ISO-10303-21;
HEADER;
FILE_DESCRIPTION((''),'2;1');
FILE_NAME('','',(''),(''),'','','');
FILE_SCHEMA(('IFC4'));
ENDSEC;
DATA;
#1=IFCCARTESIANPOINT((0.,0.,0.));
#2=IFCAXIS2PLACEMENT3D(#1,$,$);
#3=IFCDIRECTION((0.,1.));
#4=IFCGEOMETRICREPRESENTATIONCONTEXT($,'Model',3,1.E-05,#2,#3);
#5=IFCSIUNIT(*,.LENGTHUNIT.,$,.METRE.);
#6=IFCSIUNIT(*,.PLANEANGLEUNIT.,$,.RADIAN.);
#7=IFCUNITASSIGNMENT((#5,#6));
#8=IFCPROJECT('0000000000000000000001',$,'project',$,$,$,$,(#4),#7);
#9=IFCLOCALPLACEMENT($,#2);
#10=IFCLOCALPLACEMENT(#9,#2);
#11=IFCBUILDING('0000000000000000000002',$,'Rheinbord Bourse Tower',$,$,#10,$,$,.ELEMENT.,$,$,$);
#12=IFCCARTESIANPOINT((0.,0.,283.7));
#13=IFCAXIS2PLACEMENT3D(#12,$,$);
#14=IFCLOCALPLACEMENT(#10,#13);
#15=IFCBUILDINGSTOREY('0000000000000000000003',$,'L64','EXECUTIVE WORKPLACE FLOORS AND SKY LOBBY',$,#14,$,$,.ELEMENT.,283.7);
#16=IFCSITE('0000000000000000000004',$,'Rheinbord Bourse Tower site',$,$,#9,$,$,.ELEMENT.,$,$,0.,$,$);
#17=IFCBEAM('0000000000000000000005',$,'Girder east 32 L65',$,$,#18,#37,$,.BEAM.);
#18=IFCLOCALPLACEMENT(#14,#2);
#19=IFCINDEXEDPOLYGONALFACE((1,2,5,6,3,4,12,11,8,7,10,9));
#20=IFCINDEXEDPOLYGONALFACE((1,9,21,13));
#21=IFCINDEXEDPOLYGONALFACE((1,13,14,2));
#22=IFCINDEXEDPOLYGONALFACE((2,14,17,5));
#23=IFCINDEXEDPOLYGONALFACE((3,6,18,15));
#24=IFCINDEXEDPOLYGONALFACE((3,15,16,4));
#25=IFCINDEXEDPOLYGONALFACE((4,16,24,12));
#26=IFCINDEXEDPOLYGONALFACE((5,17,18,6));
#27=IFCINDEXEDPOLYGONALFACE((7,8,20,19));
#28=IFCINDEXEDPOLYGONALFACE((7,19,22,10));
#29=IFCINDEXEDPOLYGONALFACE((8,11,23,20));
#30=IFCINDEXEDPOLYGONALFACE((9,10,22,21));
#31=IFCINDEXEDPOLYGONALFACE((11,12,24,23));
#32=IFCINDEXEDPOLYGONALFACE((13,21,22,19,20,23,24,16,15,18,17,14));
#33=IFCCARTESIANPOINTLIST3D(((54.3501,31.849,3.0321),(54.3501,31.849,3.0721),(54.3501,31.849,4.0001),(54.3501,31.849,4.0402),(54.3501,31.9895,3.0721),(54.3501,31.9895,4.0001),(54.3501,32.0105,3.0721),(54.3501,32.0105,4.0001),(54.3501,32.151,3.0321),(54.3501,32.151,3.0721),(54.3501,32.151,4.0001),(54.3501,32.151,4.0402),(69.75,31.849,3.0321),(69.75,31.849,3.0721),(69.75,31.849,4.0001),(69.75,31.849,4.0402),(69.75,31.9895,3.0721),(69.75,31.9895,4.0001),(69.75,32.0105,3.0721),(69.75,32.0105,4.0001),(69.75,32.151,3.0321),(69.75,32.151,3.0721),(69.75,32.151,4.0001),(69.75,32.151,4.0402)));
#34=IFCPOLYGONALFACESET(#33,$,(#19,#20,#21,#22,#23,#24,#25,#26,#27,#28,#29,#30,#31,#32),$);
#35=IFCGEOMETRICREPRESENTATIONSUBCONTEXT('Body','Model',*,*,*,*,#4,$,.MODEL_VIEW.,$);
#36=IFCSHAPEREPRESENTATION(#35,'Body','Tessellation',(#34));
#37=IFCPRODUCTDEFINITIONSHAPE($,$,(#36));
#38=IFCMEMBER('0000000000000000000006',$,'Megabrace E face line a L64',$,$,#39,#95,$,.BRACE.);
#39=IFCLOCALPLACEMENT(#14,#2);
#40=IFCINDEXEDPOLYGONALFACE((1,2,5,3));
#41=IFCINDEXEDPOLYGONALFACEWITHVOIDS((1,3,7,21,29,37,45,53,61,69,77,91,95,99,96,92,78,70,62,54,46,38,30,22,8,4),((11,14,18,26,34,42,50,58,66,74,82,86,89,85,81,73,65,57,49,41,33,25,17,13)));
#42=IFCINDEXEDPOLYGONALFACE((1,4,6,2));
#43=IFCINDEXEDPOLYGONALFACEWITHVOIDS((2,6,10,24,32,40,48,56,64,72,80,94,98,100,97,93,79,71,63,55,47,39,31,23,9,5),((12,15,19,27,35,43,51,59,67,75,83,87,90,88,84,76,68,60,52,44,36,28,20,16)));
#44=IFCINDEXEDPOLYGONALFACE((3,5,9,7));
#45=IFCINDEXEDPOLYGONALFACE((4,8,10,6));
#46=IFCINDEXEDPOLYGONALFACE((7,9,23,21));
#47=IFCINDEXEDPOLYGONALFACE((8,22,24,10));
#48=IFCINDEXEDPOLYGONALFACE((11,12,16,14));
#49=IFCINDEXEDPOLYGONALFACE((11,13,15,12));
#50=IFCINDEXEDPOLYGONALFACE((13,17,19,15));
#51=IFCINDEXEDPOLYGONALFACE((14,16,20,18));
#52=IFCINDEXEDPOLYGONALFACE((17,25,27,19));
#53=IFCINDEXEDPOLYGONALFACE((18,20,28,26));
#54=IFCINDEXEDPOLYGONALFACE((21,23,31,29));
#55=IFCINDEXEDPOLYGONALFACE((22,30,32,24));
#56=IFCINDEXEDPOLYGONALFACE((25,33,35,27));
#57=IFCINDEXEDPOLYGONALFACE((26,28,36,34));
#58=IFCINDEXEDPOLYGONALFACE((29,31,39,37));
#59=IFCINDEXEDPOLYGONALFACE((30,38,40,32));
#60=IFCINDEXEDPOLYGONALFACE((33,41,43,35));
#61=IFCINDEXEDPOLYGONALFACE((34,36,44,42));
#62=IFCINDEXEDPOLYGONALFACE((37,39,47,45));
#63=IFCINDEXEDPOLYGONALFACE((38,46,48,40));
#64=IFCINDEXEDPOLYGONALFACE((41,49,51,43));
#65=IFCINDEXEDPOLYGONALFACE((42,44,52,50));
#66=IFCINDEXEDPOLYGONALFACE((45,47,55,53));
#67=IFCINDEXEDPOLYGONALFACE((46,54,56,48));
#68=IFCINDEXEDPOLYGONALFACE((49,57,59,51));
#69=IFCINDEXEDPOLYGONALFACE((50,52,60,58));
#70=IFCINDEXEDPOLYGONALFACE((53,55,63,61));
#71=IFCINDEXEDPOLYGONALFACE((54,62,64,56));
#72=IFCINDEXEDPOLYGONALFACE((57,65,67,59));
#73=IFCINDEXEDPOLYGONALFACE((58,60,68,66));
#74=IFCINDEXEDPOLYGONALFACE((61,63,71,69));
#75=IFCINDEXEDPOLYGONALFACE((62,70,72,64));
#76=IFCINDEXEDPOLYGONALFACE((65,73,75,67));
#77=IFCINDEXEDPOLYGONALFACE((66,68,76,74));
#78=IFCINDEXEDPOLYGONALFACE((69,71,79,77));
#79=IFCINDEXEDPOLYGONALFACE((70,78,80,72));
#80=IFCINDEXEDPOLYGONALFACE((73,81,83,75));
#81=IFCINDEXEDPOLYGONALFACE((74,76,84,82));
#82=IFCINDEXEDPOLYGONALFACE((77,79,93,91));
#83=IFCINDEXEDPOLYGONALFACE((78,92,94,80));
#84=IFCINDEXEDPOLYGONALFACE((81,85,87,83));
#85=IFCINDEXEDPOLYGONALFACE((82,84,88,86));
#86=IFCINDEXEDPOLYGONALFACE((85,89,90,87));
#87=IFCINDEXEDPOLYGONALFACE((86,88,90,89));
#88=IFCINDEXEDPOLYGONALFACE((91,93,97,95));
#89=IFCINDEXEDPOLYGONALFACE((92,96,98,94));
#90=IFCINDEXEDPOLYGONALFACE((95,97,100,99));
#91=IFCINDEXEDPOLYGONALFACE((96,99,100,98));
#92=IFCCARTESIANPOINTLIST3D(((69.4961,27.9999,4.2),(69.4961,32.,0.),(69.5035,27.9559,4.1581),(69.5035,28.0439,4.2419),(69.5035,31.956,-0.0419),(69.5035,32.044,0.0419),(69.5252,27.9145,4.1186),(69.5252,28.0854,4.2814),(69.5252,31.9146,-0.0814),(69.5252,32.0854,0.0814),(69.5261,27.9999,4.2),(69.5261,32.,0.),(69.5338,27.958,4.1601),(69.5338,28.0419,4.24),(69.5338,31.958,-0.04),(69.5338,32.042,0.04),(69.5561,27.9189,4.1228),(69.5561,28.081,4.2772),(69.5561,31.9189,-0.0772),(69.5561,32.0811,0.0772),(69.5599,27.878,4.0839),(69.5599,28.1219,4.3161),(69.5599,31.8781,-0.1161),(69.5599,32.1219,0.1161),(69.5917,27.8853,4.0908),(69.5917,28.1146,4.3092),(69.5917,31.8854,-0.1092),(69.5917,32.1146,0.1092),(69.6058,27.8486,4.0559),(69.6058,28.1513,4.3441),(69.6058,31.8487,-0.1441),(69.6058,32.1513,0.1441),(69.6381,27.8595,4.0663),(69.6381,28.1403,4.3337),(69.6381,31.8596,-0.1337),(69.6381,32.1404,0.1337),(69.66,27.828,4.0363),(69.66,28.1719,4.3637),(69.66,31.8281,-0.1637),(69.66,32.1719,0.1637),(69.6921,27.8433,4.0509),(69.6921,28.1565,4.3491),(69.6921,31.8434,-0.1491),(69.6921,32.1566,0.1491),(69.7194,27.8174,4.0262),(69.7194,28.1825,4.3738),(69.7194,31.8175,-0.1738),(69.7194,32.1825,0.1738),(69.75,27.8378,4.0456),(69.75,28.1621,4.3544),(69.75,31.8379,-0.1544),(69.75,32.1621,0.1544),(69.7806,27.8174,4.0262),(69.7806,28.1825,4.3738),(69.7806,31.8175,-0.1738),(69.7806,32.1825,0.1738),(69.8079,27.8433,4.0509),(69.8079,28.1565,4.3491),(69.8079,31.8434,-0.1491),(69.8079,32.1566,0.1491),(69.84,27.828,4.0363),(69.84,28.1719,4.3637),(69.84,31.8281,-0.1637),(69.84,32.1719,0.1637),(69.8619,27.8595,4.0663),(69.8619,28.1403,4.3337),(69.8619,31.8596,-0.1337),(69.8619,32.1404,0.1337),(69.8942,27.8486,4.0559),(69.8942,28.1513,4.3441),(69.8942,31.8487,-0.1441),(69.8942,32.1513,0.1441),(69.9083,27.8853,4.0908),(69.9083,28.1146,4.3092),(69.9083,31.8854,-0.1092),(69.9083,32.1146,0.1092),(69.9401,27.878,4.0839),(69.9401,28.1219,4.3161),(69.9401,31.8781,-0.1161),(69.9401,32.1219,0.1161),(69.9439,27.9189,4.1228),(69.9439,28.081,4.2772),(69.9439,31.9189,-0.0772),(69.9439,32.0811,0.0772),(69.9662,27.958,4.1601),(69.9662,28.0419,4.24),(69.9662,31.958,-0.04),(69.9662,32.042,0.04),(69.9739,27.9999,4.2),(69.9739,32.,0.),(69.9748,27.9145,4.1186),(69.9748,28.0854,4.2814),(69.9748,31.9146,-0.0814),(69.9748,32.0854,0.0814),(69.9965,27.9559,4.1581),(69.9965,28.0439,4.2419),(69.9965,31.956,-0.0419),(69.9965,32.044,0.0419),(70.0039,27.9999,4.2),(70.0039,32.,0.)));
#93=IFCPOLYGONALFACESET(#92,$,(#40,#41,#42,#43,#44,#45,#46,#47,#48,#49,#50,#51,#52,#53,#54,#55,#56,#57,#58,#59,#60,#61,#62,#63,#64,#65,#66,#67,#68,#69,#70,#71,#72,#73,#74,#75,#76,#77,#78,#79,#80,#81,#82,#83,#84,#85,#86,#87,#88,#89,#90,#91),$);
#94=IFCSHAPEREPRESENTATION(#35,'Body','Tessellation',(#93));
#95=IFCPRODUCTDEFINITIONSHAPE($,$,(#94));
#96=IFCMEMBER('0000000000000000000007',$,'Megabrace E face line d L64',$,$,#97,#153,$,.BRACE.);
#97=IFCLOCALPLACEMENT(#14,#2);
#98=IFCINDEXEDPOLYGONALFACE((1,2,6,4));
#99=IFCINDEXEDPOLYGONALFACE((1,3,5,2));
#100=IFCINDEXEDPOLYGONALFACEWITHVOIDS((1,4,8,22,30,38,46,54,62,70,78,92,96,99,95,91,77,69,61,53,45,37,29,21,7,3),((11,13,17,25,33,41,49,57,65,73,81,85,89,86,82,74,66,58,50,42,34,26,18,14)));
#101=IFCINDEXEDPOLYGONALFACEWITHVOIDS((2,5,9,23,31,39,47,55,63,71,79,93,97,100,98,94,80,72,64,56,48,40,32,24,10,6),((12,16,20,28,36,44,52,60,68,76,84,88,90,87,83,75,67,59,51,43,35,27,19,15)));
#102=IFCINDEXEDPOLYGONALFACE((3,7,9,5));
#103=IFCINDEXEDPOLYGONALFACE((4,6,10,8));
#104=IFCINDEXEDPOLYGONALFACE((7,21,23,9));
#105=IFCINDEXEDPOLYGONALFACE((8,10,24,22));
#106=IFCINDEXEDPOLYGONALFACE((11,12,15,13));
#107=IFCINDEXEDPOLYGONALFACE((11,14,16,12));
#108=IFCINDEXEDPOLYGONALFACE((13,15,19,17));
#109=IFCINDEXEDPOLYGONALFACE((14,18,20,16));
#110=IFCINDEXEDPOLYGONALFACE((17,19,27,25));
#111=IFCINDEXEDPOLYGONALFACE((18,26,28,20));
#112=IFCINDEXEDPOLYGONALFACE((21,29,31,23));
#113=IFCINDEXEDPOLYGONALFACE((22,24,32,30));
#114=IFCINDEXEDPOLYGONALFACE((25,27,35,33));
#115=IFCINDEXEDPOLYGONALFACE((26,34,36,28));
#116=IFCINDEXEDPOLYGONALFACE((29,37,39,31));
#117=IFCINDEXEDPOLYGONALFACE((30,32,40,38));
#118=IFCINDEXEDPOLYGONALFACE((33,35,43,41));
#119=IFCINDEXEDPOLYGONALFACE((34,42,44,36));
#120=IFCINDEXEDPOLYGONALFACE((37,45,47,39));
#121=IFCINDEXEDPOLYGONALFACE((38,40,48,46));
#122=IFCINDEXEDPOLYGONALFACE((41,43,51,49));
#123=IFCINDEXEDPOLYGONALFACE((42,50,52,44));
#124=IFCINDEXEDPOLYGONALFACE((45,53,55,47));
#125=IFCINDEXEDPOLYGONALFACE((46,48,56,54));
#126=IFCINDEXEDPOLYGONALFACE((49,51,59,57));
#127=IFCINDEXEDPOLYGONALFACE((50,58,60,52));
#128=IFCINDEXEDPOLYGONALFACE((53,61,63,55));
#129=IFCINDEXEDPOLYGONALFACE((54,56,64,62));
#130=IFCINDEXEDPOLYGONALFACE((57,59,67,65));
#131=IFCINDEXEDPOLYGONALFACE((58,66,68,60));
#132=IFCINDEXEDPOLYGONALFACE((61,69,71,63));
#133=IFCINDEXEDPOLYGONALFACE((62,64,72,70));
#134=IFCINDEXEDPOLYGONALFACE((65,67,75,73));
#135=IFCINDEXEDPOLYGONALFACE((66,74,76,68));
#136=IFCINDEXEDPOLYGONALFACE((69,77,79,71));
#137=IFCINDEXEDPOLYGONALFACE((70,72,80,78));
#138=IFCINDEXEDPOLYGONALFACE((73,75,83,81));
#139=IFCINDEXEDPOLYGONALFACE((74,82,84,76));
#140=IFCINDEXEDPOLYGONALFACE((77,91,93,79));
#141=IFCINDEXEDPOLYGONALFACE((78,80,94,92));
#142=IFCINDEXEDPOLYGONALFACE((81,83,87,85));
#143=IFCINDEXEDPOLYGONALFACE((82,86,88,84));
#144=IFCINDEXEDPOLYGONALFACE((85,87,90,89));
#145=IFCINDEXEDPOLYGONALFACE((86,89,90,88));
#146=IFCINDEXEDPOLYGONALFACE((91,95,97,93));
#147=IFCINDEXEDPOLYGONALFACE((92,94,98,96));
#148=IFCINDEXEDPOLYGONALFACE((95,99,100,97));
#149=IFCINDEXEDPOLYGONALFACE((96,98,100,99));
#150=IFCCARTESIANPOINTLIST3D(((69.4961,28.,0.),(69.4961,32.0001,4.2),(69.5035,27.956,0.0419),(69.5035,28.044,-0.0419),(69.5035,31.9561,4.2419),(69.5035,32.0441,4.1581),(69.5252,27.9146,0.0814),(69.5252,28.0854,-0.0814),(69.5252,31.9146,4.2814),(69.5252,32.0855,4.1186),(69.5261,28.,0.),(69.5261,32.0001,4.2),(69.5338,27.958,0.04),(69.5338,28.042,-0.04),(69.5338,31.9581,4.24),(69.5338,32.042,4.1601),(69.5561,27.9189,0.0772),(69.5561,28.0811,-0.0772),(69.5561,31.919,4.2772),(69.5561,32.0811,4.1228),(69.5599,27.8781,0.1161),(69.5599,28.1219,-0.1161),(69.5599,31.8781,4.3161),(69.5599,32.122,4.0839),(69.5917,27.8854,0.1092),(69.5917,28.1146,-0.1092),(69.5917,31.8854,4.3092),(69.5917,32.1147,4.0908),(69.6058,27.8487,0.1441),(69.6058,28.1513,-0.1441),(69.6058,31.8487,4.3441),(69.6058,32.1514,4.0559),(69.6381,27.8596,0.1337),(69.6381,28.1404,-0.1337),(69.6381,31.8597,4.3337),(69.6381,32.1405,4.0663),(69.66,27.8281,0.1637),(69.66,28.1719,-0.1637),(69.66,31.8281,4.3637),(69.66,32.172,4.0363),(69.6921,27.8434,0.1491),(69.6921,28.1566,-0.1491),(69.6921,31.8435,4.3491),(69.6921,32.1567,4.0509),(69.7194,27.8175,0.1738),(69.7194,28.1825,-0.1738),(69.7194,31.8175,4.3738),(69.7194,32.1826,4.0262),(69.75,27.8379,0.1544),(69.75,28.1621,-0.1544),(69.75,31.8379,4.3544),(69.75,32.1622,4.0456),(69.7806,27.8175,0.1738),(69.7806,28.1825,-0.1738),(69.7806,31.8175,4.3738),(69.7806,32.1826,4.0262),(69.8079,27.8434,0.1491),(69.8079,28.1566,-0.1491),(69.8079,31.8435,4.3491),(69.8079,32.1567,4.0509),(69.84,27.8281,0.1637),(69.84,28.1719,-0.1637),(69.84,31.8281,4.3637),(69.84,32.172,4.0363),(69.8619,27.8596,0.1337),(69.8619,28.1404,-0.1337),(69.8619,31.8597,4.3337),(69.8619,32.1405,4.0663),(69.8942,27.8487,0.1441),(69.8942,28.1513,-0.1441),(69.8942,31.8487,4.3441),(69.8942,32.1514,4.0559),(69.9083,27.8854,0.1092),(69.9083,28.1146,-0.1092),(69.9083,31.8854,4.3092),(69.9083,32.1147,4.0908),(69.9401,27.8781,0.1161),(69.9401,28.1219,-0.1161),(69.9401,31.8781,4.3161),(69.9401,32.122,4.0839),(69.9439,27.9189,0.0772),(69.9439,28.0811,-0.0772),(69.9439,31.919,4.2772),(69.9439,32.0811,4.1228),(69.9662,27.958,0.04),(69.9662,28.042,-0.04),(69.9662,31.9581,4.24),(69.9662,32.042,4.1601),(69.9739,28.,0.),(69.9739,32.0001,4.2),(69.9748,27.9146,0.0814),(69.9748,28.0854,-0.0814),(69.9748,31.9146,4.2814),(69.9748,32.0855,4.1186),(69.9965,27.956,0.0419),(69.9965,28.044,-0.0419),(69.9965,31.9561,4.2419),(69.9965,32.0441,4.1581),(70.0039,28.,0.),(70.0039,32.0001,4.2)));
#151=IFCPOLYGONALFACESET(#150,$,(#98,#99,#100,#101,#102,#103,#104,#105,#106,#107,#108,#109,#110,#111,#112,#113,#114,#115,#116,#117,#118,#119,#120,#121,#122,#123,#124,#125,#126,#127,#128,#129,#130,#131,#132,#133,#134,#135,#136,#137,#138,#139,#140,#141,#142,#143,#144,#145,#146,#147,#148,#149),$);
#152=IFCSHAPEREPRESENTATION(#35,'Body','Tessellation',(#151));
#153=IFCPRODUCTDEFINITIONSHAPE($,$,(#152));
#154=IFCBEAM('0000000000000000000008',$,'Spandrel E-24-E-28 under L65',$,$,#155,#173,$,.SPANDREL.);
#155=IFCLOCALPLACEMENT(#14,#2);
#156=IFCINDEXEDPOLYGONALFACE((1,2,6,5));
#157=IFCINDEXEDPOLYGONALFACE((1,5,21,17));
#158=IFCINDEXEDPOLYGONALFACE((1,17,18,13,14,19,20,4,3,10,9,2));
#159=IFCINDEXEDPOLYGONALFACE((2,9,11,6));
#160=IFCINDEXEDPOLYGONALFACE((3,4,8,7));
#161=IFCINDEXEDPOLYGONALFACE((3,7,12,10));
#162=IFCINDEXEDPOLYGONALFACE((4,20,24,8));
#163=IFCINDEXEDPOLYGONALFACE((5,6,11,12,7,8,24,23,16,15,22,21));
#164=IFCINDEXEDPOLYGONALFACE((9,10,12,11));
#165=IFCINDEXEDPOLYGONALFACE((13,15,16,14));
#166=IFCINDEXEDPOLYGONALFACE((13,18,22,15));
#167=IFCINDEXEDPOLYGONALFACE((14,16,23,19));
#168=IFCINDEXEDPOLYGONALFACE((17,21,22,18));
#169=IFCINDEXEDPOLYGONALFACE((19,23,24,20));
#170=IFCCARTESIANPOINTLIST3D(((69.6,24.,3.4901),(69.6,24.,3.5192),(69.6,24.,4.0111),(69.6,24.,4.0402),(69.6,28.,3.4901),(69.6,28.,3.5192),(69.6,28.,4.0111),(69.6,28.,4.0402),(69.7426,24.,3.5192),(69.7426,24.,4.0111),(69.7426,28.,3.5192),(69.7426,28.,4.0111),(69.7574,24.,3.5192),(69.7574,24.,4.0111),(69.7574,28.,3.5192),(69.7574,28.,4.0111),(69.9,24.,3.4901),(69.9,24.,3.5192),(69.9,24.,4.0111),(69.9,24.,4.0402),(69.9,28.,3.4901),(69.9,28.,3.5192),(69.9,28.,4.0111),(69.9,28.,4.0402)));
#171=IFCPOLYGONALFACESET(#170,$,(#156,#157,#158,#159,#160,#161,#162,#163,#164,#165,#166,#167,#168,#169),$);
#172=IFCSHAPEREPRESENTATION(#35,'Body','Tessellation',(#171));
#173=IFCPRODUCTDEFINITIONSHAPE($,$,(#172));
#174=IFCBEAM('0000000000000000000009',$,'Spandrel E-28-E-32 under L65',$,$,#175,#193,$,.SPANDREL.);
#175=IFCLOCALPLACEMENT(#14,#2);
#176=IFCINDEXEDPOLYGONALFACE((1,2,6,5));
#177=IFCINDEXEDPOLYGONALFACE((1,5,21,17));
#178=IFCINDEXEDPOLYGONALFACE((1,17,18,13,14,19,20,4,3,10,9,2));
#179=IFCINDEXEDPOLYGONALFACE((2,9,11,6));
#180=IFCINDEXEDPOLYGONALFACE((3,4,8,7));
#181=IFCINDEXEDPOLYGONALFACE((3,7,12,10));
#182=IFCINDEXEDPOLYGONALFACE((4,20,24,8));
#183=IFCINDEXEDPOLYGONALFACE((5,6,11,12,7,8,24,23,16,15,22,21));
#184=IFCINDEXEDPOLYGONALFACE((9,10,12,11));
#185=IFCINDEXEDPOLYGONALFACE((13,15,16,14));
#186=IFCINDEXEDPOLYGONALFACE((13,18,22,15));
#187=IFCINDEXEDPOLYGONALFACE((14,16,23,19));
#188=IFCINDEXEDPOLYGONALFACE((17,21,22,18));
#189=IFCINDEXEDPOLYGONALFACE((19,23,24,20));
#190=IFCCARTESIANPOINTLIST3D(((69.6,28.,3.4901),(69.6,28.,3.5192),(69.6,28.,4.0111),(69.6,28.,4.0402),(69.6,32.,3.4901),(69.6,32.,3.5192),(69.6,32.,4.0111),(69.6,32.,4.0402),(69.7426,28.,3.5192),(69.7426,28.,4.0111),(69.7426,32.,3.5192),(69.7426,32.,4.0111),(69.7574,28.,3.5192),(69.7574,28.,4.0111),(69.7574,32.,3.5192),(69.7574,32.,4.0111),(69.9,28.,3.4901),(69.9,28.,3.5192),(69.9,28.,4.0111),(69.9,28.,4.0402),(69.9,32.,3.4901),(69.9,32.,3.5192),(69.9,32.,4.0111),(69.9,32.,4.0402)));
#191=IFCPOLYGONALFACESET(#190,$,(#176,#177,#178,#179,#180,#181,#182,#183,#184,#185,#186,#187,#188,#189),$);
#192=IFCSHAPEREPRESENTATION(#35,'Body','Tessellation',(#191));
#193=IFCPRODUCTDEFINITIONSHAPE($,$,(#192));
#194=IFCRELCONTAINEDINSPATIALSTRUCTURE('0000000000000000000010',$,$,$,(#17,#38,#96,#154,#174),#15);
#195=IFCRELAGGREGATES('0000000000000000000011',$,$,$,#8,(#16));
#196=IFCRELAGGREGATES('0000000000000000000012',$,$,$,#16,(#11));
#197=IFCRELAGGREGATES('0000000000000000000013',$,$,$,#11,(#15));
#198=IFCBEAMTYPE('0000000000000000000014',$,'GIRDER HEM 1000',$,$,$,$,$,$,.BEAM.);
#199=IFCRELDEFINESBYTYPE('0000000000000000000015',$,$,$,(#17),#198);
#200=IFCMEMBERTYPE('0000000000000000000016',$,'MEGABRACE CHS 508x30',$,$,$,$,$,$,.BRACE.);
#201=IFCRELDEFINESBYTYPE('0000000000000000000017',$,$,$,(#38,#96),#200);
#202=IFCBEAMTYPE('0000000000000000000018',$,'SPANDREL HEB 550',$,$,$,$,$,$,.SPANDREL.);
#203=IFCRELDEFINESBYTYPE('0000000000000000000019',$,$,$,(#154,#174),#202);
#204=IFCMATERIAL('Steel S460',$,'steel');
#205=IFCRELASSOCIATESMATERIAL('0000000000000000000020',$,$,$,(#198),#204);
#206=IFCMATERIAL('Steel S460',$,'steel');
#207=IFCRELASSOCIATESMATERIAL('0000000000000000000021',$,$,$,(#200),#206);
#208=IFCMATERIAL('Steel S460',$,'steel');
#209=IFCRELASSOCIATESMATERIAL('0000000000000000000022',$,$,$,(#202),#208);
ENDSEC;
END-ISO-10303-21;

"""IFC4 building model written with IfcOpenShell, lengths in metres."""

from ifc_helpers import new_model, si_unit, direction, frame, origin, origin_2d, place, context, subcontext, project, spatial, hollow_circle, i_section, extrude, material, material_profile, profile_set, type_object, element, save


model = new_model("IFC4")

# Units and contexts
model_context = context("Model", 3, precision=1e-05, world=origin(), true_north=direction((0.0, 1.0)))
body_context = subcontext(model_context, "Body", "Model", "MODEL_VIEW")
ifc_project = project(units=[si_unit("LENGTHUNIT", "METRE"), si_unit("PLANEANGLEUNIT", "RADIAN")], contexts=[model_context])

# Site, building, storey
site_placement = place(None, origin())
site = spatial("IfcSite", under=ifc_project, at=site_placement, Name="Rheinbord Bourse Tower site", CompositionType="ELEMENT", RefElevation=0.0)
building_placement = place(site_placement, origin())
building = spatial("IfcBuilding", under=site, at=building_placement, Name="Rheinbord Bourse Tower", CompositionType="ELEMENT")
storey_placement = place(building_placement, frame((0.0, 0.0, 283.7)))
storey = spatial("IfcBuildingStorey", under=building, at=storey_placement, Name="L64", Description="EXECUTIVE WORKPLACE FLOORS AND SKY LOBBY", CompositionType="ELEMENT", Elevation=283.7)

# Beam
ifc_material_1 = material(Name="Steel S460", Category="steel")
ifc_material_profile_1 = material_profile(ifc_material_1, i_section(OverallWidth=0.302, OverallDepth=1.0081, WebThickness=0.021, FlangeThickness=0.04, at=origin_2d()), Name="HEM 1000")
ifc_profile_set_1 = profile_set([ifc_material_profile_1], Name="Steel S460")
beam_type_1 = type_object("IfcBeamType", Name="GIRDER HEM 1000", PredefinedType="BEAM", material=ifc_profile_set_1)
beam_1_placement = place(storey_placement, frame((54.3501, 32.0, 3.5361), z_axis=(1.0, 0.0, 0.0), x_axis=(0.0, 1.0, 0.0)))
element("IfcBeam", 1, at=beam_1_placement, inside=storey, type_object=beam_type_1, Name="Girder east 32 L65", PredefinedType="BEAM", context=body_context, shape_type="SweptSolid", body=[
    extrude(i_section(OverallWidth=0.302, OverallDepth=1.0081, WebThickness=0.021, FlangeThickness=0.04, at=origin_2d()), origin(), (0.0, 0.0, 1.0), 15.3999),
])

# Members
ifc_material_2 = material(Name="Steel S460", Category="steel")
ifc_material_profile_2 = material_profile(ifc_material_2, hollow_circle(Radius=0.2539, WallThickness=0.03, at=origin_2d()), Name="CHS 508x30")
ifc_profile_set_2 = profile_set([ifc_material_profile_2], Name="Steel S460")
member_type_1 = type_object("IfcMemberType", Name="MEGABRACE CHS 508x30", PredefinedType="BRACE", material=ifc_profile_set_2)
for number, where, z_axis, x_axis, name in (
    (2, (69.75, 32.0, 0.0), (0.0, -0.689659, 0.724134), (1.0, 0.0, 0.0), "Megabrace E face line a L64"),
    (3, (69.75, 28.0, 0.0), (0.0, 0.689659, 0.724134), (-1.0, 0.0, 0.0), "Megabrace E face line d L64"),
):
    element("IfcMember", number, at=place(storey_placement, frame(where, z_axis=z_axis, x_axis=x_axis)), inside=storey, type_object=member_type_1, Name=name, PredefinedType="BRACE", context=body_context, shape_type="SweptSolid", body=[
        extrude(hollow_circle(Radius=0.2539, WallThickness=0.03, at=origin_2d()), origin(), (0.0, 0.0, 1.0), 5.8),
    ])

# Beams
ifc_material_3 = material(Name="Steel S460", Category="steel")
ifc_material_profile_3 = material_profile(ifc_material_3, i_section(OverallWidth=0.3, OverallDepth=0.55, WebThickness=0.0149, FlangeThickness=0.0291, at=origin_2d()), Name="HEB 550")
ifc_profile_set_3 = profile_set([ifc_material_profile_3], Name="Steel S460")
beam_type_2 = type_object("IfcBeamType", Name="SPANDREL HEB 550", PredefinedType="SPANDREL", material=ifc_profile_set_3)
for number, where, z_axis, x_axis, name in (
    (4, (69.75, 24.0, 3.7651), (0.0, 1.0, 0.0), (-1.0, 0.0, 0.0), "Spandrel E-24-E-28 under L65"),
    (5, (69.75, 28.0, 3.7651), (0.0, 1.0, 0.0), (-1.0, 0.0, 0.0), "Spandrel E-28-E-32 under L65"),
):
    element("IfcBeam", number, at=place(storey_placement, frame(where, z_axis=z_axis, x_axis=x_axis)), inside=storey, type_object=beam_type_2, Name=name, PredefinedType="SPANDREL", context=body_context, shape_type="SweptSolid", body=[
        extrude(i_section(OverallWidth=0.3, OverallDepth=0.55, WebThickness=0.0149, FlangeThickness=0.0291, at=origin_2d()), origin(), (0.0, 0.0, 1.0), 4.0),
    ])

save(model, "model.ifc")
